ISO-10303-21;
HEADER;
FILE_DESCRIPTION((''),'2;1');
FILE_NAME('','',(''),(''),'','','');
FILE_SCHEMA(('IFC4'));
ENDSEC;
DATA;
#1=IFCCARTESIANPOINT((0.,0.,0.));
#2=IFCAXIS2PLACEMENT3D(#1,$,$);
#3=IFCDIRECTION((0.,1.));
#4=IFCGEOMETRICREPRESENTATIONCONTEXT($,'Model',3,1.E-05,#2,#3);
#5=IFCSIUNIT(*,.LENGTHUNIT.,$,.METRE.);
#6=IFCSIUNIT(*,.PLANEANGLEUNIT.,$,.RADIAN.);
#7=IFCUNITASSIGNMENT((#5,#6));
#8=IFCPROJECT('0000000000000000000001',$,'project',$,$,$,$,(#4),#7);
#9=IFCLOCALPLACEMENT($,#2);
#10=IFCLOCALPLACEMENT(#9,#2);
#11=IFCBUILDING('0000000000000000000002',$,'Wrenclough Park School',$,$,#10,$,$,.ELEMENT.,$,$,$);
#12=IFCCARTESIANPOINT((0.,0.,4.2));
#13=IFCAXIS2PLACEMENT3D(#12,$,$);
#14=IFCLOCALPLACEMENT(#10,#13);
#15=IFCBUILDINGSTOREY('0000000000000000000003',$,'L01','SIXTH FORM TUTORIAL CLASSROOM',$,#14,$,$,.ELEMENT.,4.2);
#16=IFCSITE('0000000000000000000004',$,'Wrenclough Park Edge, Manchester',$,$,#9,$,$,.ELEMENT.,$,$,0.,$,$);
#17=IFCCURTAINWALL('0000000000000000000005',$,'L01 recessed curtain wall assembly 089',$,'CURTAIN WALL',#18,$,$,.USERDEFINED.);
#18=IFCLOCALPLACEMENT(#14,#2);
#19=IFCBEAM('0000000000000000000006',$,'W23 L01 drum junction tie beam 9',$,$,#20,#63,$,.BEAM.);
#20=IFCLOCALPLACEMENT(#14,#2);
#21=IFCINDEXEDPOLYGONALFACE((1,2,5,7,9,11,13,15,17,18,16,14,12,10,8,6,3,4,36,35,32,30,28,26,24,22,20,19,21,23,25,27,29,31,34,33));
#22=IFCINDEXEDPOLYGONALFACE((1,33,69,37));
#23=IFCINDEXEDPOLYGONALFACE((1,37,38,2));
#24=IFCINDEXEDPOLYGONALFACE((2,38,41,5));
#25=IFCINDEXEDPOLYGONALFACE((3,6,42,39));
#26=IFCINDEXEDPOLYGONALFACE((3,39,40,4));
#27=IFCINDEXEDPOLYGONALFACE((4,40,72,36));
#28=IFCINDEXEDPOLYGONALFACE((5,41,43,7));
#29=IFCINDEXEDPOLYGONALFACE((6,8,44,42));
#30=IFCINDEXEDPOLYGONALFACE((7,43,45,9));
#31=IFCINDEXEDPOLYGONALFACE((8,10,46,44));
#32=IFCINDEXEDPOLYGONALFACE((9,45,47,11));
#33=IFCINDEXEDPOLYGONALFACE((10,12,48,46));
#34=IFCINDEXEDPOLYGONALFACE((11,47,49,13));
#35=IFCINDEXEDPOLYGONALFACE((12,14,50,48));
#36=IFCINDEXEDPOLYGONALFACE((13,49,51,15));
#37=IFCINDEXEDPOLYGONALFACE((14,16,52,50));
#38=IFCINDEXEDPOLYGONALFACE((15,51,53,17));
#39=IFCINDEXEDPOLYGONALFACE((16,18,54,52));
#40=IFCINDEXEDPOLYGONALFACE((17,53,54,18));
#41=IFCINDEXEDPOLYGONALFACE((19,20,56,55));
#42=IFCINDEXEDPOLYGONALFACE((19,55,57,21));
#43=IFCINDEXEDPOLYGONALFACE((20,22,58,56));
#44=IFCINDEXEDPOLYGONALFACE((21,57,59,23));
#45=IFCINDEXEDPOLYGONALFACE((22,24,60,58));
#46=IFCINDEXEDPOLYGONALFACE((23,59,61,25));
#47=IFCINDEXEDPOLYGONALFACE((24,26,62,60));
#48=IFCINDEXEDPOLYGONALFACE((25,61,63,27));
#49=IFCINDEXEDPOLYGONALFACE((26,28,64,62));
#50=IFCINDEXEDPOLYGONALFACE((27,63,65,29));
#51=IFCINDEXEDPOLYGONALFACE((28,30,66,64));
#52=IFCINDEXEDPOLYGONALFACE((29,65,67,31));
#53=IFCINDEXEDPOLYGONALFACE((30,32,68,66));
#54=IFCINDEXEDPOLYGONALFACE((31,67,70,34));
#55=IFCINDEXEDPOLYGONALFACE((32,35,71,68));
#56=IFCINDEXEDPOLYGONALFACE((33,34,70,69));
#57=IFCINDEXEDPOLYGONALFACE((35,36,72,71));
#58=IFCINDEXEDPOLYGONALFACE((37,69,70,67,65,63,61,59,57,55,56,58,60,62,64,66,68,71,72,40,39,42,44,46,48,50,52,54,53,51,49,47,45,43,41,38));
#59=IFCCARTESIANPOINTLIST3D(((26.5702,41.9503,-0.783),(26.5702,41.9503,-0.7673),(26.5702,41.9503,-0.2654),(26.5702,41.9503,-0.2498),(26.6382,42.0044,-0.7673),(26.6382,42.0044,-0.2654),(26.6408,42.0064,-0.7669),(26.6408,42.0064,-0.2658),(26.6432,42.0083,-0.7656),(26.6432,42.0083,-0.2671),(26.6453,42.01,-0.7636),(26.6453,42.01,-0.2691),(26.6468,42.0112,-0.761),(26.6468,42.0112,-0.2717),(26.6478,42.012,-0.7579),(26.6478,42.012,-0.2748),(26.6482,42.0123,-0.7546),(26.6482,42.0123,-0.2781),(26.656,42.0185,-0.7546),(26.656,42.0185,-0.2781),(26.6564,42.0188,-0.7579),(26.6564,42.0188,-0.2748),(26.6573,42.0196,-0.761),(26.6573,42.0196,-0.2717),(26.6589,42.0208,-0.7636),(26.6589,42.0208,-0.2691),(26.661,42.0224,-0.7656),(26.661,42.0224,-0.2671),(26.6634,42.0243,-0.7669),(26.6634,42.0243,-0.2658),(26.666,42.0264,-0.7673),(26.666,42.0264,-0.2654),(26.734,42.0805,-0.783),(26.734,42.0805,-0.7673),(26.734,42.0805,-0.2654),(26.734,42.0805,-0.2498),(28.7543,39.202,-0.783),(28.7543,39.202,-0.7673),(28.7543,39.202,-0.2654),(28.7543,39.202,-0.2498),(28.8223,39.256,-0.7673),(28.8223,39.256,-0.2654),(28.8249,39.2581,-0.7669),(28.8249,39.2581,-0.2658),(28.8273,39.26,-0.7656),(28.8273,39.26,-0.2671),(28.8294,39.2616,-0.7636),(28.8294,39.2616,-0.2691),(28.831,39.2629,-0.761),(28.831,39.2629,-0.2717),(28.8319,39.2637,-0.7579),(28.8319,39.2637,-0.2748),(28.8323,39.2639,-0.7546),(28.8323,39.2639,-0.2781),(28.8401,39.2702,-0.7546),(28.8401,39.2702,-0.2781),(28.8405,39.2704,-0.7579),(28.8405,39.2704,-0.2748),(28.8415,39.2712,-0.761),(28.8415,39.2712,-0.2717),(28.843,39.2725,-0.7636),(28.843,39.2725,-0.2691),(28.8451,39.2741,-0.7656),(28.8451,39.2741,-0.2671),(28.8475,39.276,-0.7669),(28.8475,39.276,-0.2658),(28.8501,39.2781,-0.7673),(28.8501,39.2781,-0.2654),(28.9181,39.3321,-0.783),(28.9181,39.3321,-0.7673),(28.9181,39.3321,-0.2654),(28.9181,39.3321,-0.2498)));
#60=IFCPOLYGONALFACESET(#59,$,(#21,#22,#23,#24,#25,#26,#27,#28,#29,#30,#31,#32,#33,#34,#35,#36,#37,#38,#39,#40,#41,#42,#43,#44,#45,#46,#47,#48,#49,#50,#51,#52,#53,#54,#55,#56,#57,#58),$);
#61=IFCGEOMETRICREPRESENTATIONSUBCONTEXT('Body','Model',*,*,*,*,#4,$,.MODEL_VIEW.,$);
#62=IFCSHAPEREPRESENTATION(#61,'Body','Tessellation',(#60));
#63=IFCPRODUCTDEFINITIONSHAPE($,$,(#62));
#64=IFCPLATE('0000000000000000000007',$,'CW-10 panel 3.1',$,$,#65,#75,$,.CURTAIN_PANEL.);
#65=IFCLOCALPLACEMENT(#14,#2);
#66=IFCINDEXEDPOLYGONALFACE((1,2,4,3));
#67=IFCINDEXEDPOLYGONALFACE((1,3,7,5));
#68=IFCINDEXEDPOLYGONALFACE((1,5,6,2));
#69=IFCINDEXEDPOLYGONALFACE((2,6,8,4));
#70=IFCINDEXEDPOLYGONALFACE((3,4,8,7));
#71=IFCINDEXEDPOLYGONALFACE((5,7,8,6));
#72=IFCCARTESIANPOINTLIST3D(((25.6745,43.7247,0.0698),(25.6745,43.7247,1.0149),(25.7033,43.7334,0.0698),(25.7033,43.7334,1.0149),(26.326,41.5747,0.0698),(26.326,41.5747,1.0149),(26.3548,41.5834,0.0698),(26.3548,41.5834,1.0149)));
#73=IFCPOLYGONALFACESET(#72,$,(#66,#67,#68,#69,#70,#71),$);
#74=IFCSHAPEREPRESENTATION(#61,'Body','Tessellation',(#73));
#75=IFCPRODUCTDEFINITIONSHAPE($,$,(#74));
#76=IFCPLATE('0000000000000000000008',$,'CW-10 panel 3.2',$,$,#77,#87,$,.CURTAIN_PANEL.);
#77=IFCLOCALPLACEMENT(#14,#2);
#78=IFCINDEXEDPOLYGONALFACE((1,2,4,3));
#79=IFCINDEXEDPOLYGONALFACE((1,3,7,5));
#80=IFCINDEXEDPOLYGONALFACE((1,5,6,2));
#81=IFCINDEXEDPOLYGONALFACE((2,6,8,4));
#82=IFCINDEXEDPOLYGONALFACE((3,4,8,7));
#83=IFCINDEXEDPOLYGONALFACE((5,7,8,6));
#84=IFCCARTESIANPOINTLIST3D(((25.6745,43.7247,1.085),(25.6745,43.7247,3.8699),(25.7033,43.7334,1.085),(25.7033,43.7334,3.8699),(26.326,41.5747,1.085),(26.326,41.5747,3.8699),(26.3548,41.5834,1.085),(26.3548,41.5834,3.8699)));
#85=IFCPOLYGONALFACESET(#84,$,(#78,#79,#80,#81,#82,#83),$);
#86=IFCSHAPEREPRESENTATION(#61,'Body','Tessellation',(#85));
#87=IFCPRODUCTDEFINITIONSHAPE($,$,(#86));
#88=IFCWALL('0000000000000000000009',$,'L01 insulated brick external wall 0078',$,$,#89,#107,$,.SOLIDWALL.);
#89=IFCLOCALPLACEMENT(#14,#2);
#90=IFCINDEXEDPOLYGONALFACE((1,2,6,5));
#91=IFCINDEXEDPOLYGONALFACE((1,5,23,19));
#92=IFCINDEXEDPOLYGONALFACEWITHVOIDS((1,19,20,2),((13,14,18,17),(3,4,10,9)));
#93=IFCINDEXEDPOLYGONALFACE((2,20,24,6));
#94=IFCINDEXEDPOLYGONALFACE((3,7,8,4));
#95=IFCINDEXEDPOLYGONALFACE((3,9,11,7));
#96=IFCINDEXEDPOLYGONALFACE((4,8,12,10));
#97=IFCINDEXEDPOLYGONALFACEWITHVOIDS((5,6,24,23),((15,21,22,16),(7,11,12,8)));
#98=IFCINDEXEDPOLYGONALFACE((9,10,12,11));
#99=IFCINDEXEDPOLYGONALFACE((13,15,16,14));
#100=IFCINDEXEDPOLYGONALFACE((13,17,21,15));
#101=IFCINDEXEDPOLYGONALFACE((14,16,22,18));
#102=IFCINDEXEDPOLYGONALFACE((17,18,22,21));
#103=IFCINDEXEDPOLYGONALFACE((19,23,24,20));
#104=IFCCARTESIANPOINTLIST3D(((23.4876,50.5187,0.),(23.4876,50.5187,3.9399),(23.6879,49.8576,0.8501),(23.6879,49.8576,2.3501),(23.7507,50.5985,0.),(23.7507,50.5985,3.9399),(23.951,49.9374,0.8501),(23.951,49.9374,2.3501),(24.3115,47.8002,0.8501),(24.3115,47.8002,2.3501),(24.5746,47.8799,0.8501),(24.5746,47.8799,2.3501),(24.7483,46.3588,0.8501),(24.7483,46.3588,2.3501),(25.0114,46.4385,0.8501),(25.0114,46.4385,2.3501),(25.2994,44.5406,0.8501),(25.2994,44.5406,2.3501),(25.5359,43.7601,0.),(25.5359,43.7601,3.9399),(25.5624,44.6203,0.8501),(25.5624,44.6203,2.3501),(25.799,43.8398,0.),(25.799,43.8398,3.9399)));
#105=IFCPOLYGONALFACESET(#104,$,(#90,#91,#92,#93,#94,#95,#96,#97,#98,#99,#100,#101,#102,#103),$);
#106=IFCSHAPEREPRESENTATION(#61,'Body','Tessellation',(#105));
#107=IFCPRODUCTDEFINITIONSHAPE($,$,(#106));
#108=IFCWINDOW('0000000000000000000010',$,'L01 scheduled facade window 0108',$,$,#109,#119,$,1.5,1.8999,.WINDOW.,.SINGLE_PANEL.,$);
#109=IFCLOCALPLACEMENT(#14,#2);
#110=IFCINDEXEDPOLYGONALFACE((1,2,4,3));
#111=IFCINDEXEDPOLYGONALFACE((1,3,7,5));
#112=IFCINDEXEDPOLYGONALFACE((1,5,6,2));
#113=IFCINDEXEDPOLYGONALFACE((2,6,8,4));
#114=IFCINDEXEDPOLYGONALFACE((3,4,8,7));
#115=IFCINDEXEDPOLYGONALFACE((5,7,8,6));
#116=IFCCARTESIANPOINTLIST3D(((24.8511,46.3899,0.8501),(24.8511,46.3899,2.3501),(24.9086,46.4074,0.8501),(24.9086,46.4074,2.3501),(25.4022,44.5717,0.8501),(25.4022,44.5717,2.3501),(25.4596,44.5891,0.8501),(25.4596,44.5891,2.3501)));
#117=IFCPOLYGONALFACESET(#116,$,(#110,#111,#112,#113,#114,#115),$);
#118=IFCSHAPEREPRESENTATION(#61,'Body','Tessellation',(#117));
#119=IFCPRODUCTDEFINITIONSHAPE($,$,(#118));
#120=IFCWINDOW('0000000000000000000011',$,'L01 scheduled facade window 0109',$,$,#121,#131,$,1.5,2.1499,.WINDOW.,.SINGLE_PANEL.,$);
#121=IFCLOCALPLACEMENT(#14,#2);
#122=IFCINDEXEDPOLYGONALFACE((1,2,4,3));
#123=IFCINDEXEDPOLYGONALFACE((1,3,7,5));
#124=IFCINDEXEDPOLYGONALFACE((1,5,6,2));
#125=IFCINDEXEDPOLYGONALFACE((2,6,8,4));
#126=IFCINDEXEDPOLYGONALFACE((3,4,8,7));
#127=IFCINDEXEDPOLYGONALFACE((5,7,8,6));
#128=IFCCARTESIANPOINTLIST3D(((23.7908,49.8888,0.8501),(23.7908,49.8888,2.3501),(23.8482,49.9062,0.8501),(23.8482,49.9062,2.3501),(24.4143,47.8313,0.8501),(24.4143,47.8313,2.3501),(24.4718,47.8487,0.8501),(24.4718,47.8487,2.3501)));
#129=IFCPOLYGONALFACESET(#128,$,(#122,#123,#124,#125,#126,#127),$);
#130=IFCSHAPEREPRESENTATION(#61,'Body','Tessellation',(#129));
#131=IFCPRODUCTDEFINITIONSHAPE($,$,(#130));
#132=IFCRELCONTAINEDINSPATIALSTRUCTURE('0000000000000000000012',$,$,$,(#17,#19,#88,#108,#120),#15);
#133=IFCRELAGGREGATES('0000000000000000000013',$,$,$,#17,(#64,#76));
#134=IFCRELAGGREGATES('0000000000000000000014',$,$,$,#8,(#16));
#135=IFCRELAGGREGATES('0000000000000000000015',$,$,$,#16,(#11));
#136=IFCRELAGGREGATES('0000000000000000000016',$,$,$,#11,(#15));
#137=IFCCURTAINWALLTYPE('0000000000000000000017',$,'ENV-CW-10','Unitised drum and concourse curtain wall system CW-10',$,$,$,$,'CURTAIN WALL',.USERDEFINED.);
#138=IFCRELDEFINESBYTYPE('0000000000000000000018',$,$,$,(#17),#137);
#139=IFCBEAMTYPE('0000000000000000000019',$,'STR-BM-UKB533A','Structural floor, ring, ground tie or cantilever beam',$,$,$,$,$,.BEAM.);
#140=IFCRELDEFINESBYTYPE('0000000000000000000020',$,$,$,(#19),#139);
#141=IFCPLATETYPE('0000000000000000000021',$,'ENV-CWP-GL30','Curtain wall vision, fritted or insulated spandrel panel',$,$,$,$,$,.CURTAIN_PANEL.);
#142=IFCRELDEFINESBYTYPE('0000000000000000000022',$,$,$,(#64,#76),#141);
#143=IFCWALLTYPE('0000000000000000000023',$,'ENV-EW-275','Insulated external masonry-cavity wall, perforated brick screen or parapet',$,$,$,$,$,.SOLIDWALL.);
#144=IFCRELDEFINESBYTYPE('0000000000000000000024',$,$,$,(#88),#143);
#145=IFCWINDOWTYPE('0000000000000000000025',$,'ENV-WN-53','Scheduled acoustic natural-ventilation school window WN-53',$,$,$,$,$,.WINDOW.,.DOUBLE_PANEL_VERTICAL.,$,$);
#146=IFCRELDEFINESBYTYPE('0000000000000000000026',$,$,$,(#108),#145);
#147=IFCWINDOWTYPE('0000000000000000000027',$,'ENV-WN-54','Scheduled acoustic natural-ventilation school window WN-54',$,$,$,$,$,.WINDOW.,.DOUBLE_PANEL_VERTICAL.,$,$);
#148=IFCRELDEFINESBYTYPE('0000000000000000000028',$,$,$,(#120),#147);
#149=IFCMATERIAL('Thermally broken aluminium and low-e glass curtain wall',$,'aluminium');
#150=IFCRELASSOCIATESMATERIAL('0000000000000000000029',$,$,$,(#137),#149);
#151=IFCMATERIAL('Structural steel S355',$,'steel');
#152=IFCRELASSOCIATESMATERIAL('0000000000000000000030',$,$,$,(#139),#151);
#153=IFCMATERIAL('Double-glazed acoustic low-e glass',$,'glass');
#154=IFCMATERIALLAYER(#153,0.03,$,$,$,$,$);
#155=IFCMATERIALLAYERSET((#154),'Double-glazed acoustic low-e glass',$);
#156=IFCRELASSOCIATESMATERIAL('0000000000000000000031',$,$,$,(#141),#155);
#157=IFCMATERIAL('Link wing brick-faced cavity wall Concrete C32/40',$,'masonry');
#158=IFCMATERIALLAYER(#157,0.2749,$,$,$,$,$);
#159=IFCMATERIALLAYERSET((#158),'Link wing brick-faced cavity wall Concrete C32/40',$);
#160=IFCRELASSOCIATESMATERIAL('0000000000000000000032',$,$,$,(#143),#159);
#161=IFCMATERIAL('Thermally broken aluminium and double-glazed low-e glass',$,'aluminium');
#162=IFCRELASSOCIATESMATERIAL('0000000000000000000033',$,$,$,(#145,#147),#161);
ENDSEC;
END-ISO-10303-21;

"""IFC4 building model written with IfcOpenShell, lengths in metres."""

from ifc_helpers import new_model, si_unit, direction, frame, frame_2d, origin, origin_2d, place, context, subcontext, project, spatial, rectangle, i_section, extrude, material, layer, layer_set, material_profile, profile_set, type_object, element, fill, aggregate, save


model = new_model("IFC4")

# Units and contexts
model_context = context("Model", 3, precision=1e-05, world=origin(), true_north=direction((0.0, 1.0)))
body_context = subcontext(model_context, "Body", "Model", "MODEL_VIEW")
ifc_project = project(units=[si_unit("LENGTHUNIT", "METRE"), si_unit("PLANEANGLEUNIT", "RADIAN")], contexts=[model_context])

# Site, building, storey
site_placement = place(None, origin())
site = spatial("IfcSite", under=ifc_project, at=site_placement, Name="Wrenclough Park Edge, Manchester", CompositionType="ELEMENT", RefElevation=0.0)
building_placement = place(site_placement, origin())
building = spatial("IfcBuilding", under=site, at=building_placement, Name="Wrenclough Park School", CompositionType="ELEMENT")
storey_placement = place(building_placement, frame((0.0, 0.0, 4.2)))
storey = spatial("IfcBuildingStorey", under=building, at=storey_placement, Name="L01", Description="SIXTH FORM TUTORIAL CLASSROOM", CompositionType="ELEMENT", Elevation=4.2)

# Shared definitions
ifc_material_1 = material(Name="Structural steel S355", Category="steel")

# Shared definitions
ifc_material_2 = material(Name="Thermally broken aluminium and low-e glass curtain wall", Category="aluminium")

# Curtain wall
curtain_wall_type_1 = type_object("IfcCurtainWallType", Name="ENV-CW-10", Description="Unitised drum and concourse curtain wall system CW-10", ElementType="CURTAIN WALL", PredefinedType="USERDEFINED", material=ifc_material_2)
curtain_wall_1_placement = place(storey_placement, origin())
curtain_wall_1 = element("IfcCurtainWall", 1, at=curtain_wall_1_placement, inside=storey, type_object=curtain_wall_type_1, Name="L01 recessed curtain wall assembly 089", ObjectType="CURTAIN WALL", PredefinedType="USERDEFINED")

# Beam
ifc_material_profile_1 = material_profile(ifc_material_1, i_section(OverallWidth=0.2092, OverallDepth=0.5332, WebThickness=0.01, FlangeThickness=0.0156, FilletRadius=0.0127, at=origin_2d()), Name="UKB 533x210x92")
ifc_profile_set_1 = profile_set([ifc_material_profile_1], Name="Structural steel S355")
beam_type_1 = type_object("IfcBeamType", Name="STR-BM-UKB533A", Description="Structural floor, ring, ground tie or cantilever beam", PredefinedType="BEAM", material=ifc_profile_set_1)
beam_1_placement = place(storey_placement, frame((26.6521, 42.0154, -0.5164), z_axis=(0.622164, -0.782887, 0.0), x_axis=(0.782887, 0.622164, 0.0)))
element("IfcBeam", 2, at=beam_1_placement, inside=storey, type_object=beam_type_1, Name="W23 L01 drum junction tie beam 9", PredefinedType="BEAM", context=body_context, shape_type="SweptSolid", body=[
    extrude(i_section(OverallWidth=0.2092, OverallDepth=0.5332, WebThickness=0.01, FlangeThickness=0.0156, FilletRadius=0.0127, at=origin_2d()), origin(), (0.0, 0.0, 1.0), 3.5105),
])

# Plates
ifc_material_3 = material(Name="Double-glazed acoustic low-e glass", Category="glass")
ifc_layer_1 = layer(ifc_material_3, 0.03)
ifc_layer_set_1 = layer_set([ifc_layer_1], Name="Double-glazed acoustic low-e glass")
plate_type = type_object("IfcPlateType", Name="ENV-CWP-GL30", Description="Curtain wall vision, fritted or insulated spandrel panel", PredefinedType="CURTAIN_PANEL", material=ifc_layer_set_1)
plate_1_placement = place(storey_placement, frame((26.0146, 42.6541, 0.0698), z_axis=(0.0, 0.0, 1.0), x_axis=(-0.289988, 0.95703, 0.0)))
plate_1 = element("IfcPlate", 3, at=plate_1_placement, type_object=plate_type, Name="CW-10 panel 3.1", PredefinedType="CURTAIN_PANEL", context=body_context, shape_type="SweptSolid", body=[
    extrude(rectangle(XDim=2.2466, YDim=0.03, at=origin_2d()), origin(), (0.0, 0.0, 1.0), 0.9451),
])
plate_2_placement = place(storey_placement, frame((26.0146, 42.6541, 1.085), z_axis=(0.0, 0.0, 1.0), x_axis=(-0.289988, 0.95703, 0.0)))
plate_2 = element("IfcPlate", 4, at=plate_2_placement, type_object=plate_type, Name="CW-10 panel 3.2", PredefinedType="CURTAIN_PANEL", context=body_context, shape_type="SweptSolid", body=[
    extrude(rectangle(XDim=2.2466, YDim=0.03, at=origin_2d()), origin(), (0.0, 0.0, 1.0), 2.7849),
])
aggregate(curtain_wall_1, [plate_1, plate_2])

# Wall, openings, windows
ifc_material_4 = material(Name="Link wing brick-faced cavity wall Concrete C32/40", Category="masonry")
ifc_layer_2 = layer(ifc_material_4, 0.2749)
ifc_layer_set_2 = layer_set([ifc_layer_2], Name="Link wing brick-faced cavity wall Concrete C32/40")
wall_type_1 = type_object("IfcWallType", Name="ENV-EW-275", Description="Insulated external masonry-cavity wall, perforated brick screen or parapet", PredefinedType="SOLIDWALL", material=ifc_layer_set_2)
wall_1_placement = place(storey_placement, frame((25.6675, 43.7998, 0.0), z_axis=(0.0, 0.0, 1.0), x_axis=(-0.290036, 0.957016, 0.0)))
wall_1 = element("IfcWall", 5, at=wall_1_placement, inside=storey, type_object=wall_type_1, Name="L01 insulated brick external wall 0078", PredefinedType="SOLIDWALL", context=body_context, shape_type="SweptSolid", body=[
    extrude(rectangle(XDim=7.0623, YDim=0.2749, at=frame_2d((3.5312, 0.0))), origin(), (0.0, 0.0, 1.0), 3.9399),
])
opening_1_placement = place(wall_1_placement, frame((0.8157, 0.0, 0.8501)))
opening_1 = element("IfcOpeningElement", 6, at=opening_1_placement, cuts=wall_1, PredefinedType="OPENING", context=body_context, shape_type="SweptSolid", body=[
    extrude(rectangle(XDim=1.8999, YDim=1.5, at=frame_2d((0.95, 0.75))), frame((0.0, 0.1475, 0.0), z_axis=(0.0, -1.0, 0.0), x_axis=(1.0, 0.0, 0.0)), (0.0, 0.0, 1.0), 0.2949),
])
opening_2_placement = place(wall_1_placement, frame((4.2217, 0.0, 0.8501)))
opening_2 = element("IfcOpeningElement", 7, at=opening_2_placement, cuts=wall_1, PredefinedType="OPENING", context=body_context, shape_type="SweptSolid", body=[
    extrude(rectangle(XDim=2.1499, YDim=1.5, at=frame_2d((1.075, 0.75))), frame((0.0, 0.1475, 0.0), z_axis=(0.0, -1.0, 0.0), x_axis=(1.0, 0.0, 0.0)), (0.0, 0.0, 1.0), 0.2949),
])
ifc_material_5 = material(Name="Thermally broken aluminium and double-glazed low-e glass", Category="aluminium")
window_type_1 = type_object("IfcWindowType", Name="ENV-WN-53", Description="Scheduled acoustic natural-ventilation school window WN-53", PartitioningType="DOUBLE_PANEL_VERTICAL", PredefinedType="WINDOW", material=ifc_material_5)
window_1_placement = place(opening_1_placement, origin())
window_1 = element("IfcWindow", 8, at=window_1_placement, inside=storey, type_object=window_type_1, Name="L01 scheduled facade window 0108", OverallHeight=1.5, OverallWidth=1.8999, PartitioningType="SINGLE_PANEL", PredefinedType="WINDOW", context=body_context, shape_type="SweptSolid", body=[
    extrude(rectangle(XDim=1.8999, YDim=1.5, at=frame_2d((0.95, 0.75))), frame((0.0, 0.03, 0.0), z_axis=(0.0, -1.0, 0.0), x_axis=(1.0, 0.0, 0.0)), (0.0, 0.0, 1.0), 0.0601),
])
fill(opening_1, window_1)
window_type_2 = type_object("IfcWindowType", Name="ENV-WN-54", Description="Scheduled acoustic natural-ventilation school window WN-54", PartitioningType="DOUBLE_PANEL_VERTICAL", PredefinedType="WINDOW", material=ifc_material_5)
window_2_placement = place(opening_2_placement, origin())
window_2 = element("IfcWindow", 9, at=window_2_placement, inside=storey, type_object=window_type_2, Name="L01 scheduled facade window 0109", OverallHeight=1.5, OverallWidth=2.1499, PartitioningType="SINGLE_PANEL", PredefinedType="WINDOW", context=body_context, shape_type="SweptSolid", body=[
    extrude(rectangle(XDim=2.1499, YDim=1.5, at=frame_2d((1.075, 0.75))), frame((0.0, 0.03, 0.0), z_axis=(0.0, -1.0, 0.0), x_axis=(1.0, 0.0, 0.0)), (0.0, 0.0, 1.0), 0.0601),
])
fill(opening_2, window_2)

save(model, "model.ifc")
